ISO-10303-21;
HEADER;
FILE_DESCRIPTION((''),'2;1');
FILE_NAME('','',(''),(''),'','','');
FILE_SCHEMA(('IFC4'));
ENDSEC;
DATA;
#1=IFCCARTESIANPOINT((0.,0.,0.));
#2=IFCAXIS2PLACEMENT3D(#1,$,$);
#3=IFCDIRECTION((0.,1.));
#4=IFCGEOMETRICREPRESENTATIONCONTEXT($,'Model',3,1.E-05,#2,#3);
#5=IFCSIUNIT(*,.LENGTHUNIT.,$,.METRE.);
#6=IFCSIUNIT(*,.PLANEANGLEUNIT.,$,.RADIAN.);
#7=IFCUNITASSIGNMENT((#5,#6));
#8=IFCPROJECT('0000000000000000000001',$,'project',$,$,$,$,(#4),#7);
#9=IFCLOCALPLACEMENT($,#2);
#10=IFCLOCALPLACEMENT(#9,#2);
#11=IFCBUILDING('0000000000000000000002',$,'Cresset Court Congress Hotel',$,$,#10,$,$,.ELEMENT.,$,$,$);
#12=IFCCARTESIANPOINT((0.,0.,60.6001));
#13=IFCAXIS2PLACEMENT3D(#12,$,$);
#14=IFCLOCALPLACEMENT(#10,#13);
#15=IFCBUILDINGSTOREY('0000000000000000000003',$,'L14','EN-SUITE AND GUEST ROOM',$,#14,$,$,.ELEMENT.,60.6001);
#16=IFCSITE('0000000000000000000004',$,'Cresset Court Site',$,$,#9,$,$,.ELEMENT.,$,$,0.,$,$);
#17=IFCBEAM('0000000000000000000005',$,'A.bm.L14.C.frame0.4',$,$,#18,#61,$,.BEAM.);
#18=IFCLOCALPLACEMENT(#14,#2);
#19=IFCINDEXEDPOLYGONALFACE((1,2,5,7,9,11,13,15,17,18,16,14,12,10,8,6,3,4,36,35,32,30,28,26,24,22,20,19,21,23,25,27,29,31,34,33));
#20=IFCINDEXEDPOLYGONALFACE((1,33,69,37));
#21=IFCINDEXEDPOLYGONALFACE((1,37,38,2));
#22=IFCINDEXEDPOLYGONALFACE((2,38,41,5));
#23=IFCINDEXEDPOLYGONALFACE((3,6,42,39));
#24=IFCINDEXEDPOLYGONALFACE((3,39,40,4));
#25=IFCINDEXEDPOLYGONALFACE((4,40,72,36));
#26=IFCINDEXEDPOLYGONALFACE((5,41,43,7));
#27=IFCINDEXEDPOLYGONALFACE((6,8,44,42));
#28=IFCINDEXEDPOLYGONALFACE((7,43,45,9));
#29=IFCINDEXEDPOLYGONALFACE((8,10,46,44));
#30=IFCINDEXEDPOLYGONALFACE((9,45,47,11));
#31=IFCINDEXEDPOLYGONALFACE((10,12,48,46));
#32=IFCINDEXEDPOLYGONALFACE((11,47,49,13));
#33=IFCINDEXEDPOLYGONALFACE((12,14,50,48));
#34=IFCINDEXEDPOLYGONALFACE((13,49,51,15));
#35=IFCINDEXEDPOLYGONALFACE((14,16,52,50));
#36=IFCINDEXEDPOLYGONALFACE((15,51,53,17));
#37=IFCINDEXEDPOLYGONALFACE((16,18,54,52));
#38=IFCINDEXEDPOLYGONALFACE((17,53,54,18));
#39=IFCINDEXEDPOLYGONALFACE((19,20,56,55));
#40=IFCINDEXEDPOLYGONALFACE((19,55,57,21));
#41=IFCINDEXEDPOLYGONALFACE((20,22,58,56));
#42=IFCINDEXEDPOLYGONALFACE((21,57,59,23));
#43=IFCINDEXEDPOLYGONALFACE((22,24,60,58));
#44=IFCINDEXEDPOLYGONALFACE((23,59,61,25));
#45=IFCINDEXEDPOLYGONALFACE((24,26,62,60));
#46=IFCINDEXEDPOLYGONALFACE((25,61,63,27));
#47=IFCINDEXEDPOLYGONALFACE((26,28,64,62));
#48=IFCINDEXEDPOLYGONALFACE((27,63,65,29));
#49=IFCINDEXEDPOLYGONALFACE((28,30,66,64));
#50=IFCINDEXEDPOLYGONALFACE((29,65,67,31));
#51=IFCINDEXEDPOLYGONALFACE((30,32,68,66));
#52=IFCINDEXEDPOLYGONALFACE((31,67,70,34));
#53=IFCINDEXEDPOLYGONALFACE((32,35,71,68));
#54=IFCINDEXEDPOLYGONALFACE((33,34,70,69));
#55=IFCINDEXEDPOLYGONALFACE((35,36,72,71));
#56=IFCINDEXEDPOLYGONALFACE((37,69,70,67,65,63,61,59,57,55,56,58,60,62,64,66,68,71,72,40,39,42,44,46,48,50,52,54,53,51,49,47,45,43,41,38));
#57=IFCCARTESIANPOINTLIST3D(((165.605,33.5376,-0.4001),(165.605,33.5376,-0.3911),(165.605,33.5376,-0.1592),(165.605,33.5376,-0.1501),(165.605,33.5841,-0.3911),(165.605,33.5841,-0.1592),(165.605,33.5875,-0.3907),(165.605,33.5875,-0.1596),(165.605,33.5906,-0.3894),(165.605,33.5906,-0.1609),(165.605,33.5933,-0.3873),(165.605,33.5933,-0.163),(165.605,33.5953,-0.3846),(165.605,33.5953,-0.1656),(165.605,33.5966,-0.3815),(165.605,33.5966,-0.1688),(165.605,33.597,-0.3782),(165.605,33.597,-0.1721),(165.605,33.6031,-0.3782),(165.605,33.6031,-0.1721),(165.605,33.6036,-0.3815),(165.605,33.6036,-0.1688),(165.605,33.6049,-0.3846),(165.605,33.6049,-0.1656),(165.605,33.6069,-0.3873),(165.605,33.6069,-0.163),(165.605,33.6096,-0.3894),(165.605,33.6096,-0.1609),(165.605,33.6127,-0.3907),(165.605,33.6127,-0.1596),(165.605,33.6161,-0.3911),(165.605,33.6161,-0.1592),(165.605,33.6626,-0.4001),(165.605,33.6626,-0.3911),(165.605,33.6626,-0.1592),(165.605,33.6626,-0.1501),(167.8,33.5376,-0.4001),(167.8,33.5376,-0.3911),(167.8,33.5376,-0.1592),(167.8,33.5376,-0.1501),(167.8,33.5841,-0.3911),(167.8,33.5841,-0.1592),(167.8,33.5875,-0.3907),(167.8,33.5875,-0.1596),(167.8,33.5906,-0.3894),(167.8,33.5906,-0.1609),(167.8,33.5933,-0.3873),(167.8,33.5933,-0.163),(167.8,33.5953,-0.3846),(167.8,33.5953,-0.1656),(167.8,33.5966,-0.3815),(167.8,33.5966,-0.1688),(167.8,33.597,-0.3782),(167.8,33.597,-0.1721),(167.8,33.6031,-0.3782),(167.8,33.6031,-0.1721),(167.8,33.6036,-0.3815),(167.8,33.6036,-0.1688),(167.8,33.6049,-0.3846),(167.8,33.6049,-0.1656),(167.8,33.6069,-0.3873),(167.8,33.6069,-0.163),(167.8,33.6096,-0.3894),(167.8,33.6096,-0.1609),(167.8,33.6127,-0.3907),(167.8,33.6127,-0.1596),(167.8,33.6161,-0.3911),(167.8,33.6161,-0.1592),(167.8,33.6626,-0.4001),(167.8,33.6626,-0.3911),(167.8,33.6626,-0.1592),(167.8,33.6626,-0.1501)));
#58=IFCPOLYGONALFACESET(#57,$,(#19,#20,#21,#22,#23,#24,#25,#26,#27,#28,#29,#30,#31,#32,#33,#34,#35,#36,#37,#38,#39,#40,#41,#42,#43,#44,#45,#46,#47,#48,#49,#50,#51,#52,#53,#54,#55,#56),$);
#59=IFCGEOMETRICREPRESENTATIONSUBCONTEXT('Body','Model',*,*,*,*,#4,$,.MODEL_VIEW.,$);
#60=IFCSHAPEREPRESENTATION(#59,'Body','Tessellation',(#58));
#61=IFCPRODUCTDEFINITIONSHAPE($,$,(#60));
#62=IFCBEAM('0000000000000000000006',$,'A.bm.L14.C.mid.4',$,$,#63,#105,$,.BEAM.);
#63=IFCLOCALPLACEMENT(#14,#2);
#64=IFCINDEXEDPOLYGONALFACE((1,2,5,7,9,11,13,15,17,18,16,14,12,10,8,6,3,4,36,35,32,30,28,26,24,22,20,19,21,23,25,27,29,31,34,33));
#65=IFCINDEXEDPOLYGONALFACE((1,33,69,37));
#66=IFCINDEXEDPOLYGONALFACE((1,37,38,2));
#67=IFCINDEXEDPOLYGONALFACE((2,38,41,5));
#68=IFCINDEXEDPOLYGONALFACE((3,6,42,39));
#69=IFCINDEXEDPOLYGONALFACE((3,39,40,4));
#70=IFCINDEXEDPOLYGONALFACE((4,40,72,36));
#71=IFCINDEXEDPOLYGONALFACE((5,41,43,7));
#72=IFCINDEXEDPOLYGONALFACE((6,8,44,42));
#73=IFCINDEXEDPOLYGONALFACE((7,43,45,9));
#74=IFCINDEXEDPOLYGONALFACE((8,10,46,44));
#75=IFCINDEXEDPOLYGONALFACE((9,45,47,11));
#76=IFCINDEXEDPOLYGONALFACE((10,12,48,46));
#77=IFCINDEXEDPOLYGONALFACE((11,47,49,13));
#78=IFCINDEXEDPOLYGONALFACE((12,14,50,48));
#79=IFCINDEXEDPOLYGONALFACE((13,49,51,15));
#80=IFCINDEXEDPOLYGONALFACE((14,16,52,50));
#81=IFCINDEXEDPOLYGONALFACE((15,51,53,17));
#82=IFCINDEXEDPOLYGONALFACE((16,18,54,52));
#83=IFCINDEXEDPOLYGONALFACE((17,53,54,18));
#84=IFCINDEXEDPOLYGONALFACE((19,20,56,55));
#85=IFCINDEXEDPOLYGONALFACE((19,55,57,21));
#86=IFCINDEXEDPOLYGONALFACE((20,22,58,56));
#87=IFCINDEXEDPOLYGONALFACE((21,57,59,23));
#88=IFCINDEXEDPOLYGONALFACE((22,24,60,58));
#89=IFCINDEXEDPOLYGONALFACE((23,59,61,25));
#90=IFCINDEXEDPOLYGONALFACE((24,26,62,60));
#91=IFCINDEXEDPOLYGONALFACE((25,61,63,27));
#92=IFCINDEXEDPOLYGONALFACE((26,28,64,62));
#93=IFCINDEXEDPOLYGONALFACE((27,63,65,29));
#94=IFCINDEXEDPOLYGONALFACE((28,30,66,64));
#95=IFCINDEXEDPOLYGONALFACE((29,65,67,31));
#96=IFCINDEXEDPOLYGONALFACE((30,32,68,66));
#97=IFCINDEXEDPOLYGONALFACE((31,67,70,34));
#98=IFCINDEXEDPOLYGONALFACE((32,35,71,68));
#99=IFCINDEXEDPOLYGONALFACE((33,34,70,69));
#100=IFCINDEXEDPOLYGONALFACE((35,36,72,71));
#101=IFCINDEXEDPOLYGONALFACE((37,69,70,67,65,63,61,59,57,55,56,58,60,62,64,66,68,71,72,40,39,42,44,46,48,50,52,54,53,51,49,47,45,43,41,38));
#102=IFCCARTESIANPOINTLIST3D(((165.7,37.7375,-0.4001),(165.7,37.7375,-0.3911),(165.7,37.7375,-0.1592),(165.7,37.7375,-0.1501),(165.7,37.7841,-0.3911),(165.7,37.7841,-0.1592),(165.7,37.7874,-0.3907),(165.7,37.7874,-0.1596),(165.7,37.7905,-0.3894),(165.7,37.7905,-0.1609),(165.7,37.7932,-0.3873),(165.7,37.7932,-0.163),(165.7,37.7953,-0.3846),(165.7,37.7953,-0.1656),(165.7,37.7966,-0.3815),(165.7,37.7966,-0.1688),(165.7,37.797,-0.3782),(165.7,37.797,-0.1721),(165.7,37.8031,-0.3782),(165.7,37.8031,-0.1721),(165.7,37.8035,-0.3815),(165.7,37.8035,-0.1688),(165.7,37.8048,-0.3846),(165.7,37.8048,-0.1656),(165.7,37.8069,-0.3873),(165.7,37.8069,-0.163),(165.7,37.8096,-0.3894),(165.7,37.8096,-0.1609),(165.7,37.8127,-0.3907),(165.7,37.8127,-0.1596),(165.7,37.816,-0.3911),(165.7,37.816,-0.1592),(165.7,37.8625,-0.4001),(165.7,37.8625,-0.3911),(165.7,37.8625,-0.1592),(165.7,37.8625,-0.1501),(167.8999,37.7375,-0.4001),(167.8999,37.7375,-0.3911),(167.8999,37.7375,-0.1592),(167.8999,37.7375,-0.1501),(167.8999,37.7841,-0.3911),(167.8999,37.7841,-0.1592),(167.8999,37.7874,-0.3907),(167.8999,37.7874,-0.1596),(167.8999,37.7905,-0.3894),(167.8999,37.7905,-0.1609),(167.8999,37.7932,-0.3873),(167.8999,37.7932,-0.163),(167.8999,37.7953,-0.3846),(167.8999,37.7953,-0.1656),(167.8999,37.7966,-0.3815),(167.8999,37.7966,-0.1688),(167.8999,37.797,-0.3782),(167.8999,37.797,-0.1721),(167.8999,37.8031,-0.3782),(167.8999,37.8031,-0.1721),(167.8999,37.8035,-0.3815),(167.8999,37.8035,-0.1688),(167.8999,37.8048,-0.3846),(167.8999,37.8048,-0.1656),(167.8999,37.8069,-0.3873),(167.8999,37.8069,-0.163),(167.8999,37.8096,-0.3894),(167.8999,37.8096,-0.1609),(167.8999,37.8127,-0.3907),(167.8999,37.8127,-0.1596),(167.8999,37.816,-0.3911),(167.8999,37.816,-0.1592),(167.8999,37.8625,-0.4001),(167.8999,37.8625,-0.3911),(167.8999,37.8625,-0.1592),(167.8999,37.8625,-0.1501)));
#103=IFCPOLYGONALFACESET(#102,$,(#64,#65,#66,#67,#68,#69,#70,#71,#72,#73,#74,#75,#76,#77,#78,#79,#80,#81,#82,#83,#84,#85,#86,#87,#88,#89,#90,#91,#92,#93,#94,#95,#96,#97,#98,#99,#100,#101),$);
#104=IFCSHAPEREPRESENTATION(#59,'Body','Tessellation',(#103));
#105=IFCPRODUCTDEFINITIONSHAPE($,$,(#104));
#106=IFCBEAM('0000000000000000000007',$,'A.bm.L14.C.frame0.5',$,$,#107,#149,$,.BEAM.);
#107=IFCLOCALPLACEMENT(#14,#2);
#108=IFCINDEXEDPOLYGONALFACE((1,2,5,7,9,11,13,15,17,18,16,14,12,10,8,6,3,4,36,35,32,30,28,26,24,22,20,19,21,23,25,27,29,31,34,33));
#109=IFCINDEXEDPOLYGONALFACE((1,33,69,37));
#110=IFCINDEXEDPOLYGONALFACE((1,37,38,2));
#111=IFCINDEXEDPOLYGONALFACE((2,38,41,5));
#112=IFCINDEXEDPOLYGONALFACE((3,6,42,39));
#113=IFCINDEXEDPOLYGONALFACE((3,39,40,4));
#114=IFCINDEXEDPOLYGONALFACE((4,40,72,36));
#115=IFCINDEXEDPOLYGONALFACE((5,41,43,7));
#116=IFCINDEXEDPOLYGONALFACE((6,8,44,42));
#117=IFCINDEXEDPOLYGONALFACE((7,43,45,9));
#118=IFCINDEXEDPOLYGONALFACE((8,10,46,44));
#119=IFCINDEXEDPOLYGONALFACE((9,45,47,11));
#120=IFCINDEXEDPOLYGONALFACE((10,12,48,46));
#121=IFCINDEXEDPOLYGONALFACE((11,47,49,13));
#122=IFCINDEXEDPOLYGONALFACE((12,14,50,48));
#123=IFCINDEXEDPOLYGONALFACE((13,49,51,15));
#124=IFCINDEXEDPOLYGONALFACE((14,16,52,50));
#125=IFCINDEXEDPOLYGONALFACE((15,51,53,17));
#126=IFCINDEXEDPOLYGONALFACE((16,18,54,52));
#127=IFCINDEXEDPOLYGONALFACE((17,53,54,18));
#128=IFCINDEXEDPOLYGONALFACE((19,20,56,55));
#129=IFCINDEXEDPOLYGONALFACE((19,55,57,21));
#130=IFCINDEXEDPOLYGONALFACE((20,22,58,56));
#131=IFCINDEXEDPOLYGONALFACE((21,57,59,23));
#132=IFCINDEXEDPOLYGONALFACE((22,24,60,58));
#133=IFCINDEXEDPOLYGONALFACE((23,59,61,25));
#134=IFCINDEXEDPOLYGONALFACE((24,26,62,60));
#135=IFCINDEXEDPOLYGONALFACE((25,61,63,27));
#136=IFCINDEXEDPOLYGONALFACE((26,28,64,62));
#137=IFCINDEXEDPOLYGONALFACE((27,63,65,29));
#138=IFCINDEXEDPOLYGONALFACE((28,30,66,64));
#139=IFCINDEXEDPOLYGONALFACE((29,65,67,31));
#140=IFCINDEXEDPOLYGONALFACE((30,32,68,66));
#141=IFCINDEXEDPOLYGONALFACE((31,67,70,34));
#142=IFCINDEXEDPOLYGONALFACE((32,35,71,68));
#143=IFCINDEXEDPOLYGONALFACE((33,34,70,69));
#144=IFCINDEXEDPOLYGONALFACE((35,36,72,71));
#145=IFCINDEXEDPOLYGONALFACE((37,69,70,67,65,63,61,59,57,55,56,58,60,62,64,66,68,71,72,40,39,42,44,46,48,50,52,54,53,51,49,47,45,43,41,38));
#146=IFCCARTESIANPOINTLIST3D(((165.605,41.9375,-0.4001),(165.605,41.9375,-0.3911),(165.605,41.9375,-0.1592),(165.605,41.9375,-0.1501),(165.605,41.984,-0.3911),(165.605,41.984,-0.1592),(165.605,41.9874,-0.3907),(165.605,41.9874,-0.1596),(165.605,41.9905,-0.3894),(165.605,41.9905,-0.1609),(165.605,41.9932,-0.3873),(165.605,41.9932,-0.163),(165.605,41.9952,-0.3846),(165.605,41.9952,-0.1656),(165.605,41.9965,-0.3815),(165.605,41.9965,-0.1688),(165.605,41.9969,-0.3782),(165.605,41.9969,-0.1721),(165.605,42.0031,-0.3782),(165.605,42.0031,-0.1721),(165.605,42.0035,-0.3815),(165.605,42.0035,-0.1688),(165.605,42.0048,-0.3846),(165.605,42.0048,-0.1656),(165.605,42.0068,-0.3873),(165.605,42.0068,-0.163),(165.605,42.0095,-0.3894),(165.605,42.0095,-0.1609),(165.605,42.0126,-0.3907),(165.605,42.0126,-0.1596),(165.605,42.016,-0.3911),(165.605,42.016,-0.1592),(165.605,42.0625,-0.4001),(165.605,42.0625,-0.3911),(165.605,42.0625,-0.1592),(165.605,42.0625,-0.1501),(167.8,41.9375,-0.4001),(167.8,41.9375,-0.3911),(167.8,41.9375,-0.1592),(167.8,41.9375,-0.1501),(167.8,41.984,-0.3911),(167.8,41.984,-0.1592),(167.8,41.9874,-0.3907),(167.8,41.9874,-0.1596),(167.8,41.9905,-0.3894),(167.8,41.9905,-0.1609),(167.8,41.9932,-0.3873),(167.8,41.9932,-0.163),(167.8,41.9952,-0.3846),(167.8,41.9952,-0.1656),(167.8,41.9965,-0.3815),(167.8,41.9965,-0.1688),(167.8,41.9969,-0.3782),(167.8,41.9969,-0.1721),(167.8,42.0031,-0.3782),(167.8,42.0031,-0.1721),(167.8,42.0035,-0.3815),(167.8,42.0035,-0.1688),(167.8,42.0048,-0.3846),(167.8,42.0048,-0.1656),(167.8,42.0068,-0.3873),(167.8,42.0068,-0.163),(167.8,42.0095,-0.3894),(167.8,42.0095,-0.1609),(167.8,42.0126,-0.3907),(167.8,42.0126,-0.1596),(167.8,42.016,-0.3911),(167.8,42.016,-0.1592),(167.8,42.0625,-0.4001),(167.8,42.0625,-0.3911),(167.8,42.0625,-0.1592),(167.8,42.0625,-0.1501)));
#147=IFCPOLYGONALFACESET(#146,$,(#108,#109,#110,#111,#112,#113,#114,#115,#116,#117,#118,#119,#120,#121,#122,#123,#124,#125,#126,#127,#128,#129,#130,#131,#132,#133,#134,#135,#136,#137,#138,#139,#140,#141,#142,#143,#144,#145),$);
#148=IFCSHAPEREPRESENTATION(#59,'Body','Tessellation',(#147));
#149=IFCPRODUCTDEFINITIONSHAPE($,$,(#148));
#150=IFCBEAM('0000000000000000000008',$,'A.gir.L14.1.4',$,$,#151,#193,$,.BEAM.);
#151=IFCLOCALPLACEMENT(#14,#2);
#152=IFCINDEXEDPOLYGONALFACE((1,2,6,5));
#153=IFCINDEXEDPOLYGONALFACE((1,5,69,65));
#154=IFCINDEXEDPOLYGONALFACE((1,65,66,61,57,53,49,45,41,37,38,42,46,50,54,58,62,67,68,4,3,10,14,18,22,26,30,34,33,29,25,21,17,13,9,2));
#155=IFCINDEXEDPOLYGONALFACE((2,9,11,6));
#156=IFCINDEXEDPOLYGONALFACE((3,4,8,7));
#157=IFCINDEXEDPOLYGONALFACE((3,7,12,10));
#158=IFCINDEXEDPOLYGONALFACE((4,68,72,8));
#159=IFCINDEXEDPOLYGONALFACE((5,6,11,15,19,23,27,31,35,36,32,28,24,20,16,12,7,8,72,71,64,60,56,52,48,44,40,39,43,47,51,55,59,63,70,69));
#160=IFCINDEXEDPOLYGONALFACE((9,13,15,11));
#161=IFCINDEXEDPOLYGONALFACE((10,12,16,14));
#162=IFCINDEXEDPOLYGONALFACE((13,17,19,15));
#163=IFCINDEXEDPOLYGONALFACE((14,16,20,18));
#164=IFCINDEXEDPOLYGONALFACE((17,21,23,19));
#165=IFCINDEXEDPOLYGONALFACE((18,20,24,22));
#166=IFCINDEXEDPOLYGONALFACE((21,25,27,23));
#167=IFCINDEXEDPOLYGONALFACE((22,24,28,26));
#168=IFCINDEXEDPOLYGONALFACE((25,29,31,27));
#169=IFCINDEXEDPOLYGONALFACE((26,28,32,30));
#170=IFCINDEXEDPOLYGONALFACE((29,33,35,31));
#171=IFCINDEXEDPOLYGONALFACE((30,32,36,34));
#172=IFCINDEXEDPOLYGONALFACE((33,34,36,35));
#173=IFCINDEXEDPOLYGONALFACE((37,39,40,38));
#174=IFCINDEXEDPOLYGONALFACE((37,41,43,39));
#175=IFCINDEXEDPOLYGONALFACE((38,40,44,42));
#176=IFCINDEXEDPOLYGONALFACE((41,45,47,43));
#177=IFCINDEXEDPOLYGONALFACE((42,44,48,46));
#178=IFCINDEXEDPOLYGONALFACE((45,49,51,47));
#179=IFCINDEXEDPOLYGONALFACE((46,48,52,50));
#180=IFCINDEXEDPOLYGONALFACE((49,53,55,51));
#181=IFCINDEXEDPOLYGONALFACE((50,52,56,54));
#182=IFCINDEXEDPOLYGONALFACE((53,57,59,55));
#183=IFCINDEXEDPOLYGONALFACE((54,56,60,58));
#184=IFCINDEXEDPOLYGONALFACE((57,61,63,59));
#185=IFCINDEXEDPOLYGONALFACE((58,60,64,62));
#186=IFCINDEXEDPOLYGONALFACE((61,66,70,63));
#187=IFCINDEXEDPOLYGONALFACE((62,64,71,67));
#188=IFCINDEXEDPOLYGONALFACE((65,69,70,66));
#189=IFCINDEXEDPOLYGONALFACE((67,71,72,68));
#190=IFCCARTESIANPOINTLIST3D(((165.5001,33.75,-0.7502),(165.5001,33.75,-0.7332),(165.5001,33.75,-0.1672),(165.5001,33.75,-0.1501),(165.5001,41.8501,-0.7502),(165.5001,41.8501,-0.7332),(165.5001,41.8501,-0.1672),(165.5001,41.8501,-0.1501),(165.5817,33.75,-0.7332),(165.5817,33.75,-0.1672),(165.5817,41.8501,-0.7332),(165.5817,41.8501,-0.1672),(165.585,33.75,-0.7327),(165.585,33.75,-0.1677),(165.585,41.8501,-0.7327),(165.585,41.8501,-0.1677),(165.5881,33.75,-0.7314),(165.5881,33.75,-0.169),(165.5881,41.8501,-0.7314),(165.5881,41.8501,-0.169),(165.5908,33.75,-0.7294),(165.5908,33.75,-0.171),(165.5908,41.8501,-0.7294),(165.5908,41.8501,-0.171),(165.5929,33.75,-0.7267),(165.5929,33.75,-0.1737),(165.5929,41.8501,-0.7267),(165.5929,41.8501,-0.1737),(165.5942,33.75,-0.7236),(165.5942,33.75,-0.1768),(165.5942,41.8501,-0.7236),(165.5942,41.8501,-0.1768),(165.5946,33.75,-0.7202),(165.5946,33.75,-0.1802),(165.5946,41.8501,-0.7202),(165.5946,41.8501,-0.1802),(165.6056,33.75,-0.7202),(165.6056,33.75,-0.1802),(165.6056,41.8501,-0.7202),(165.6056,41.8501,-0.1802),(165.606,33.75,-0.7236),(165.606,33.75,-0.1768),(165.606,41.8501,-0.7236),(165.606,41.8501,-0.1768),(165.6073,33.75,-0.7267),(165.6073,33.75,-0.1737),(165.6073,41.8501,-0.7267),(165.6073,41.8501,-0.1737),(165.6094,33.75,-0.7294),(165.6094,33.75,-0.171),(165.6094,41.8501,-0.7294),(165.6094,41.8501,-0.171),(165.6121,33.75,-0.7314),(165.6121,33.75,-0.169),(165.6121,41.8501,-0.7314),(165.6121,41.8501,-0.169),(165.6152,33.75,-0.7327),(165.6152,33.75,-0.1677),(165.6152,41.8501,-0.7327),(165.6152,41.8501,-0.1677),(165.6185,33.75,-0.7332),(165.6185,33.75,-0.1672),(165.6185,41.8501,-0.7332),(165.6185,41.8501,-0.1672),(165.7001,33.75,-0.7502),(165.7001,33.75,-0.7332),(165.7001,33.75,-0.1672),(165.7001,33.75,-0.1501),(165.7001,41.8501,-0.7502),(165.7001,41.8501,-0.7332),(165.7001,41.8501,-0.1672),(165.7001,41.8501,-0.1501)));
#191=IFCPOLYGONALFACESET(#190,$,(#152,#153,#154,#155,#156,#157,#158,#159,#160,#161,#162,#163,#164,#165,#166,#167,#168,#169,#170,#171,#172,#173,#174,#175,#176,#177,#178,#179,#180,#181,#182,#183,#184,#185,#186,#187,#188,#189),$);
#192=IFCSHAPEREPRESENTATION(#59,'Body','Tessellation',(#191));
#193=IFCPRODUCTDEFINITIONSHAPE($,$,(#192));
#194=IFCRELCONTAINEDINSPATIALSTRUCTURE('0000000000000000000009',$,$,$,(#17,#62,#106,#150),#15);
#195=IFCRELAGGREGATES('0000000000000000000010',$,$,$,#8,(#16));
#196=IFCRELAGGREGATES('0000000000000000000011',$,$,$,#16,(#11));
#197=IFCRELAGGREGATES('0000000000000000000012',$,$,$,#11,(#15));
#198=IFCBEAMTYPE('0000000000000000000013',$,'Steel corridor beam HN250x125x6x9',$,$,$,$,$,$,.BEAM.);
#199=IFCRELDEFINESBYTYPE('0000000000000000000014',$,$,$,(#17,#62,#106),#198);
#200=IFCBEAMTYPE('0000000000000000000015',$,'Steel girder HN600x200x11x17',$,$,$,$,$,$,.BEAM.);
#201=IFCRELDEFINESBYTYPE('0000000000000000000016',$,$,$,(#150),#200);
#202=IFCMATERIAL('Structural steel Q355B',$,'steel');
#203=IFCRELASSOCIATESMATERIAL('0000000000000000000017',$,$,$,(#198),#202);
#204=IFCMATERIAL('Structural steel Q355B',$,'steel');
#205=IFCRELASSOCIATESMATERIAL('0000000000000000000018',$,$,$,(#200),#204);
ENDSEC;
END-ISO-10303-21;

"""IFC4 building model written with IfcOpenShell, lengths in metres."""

from ifc_helpers import new_model, si_unit, direction, frame, origin, origin_2d, place, context, subcontext, project, spatial, i_section, extrude, material, material_profile, profile_set, type_object, element, save


model = new_model("IFC4")

# Units and contexts
model_context = context("Model", 3, precision=1e-05, world=origin(), true_north=direction((0.0, 1.0)))
body_context = subcontext(model_context, "Body", "Model", "MODEL_VIEW")
ifc_project = project(units=[si_unit("LENGTHUNIT", "METRE"), si_unit("PLANEANGLEUNIT", "RADIAN")], contexts=[model_context])

# Site, building, storey
site_placement = place(None, origin())
site = spatial("IfcSite", under=ifc_project, at=site_placement, Name="Cresset Court Site", CompositionType="ELEMENT", RefElevation=0.0)
building_placement = place(site_placement, origin())
building = spatial("IfcBuilding", under=site, at=building_placement, Name="Cresset Court Congress Hotel", CompositionType="ELEMENT")
storey_placement = place(building_placement, frame((0.0, 0.0, 60.6001)))
storey = spatial("IfcBuildingStorey", under=building, at=storey_placement, Name="L14", Description="EN-SUITE AND GUEST ROOM", CompositionType="ELEMENT", Elevation=60.6001)

# Beams
ifc_material_1 = material(Name="Structural steel Q355B", Category="steel")
ifc_material_profile_1 = material_profile(ifc_material_1, i_section(OverallWidth=0.125, OverallDepth=0.25, WebThickness=0.0061, FlangeThickness=0.009, FilletRadius=0.0129, at=origin_2d()), Name="HN250x125x6x9")
ifc_profile_set_1 = profile_set([ifc_material_profile_1], Name="Structural steel Q355B")
beam_type_1 = type_object("IfcBeamType", Name="Steel corridor beam HN250x125x6x9", PredefinedType="BEAM", material=ifc_profile_set_1)
beam_1_placement = place(storey_placement, frame((165.605, 33.6001, -0.2751), z_axis=(1.0, 0.0, 0.0), x_axis=(0.0, 1.0, 0.0)))
element("IfcBeam", 1, at=beam_1_placement, inside=storey, type_object=beam_type_1, Name="A.bm.L14.C.frame0.4", PredefinedType="BEAM", context=body_context, shape_type="SweptSolid", body=[
    extrude(i_section(OverallWidth=0.125, OverallDepth=0.25, WebThickness=0.0061, FlangeThickness=0.009, FilletRadius=0.0129, at=origin_2d()), origin(), (0.0, 0.0, 1.0), 2.1951),
])
beam_2_placement = place(storey_placement, frame((165.7, 37.8, -0.2751), z_axis=(1.0, 0.0, 0.0), x_axis=(0.0, 1.0, 0.0)))
element("IfcBeam", 2, at=beam_2_placement, inside=storey, type_object=beam_type_1, Name="A.bm.L14.C.mid.4", PredefinedType="BEAM", context=body_context, shape_type="SweptSolid", body=[
    extrude(i_section(OverallWidth=0.125, OverallDepth=0.25, WebThickness=0.0061, FlangeThickness=0.009, FilletRadius=0.0129, at=origin_2d()), origin(), (0.0, 0.0, 1.0), 2.2),
])
beam_3_placement = place(storey_placement, frame((165.605, 42.0, -0.2751), z_axis=(1.0, 0.0, 0.0), x_axis=(0.0, 1.0, 0.0)))
element("IfcBeam", 3, at=beam_3_placement, inside=storey, type_object=beam_type_1, Name="A.bm.L14.C.frame0.5", PredefinedType="BEAM", context=body_context, shape_type="SweptSolid", body=[
    extrude(i_section(OverallWidth=0.125, OverallDepth=0.25, WebThickness=0.0061, FlangeThickness=0.009, FilletRadius=0.0129, at=origin_2d()), origin(), (0.0, 0.0, 1.0), 2.1951),
])
ifc_material_2 = material(Name="Structural steel Q355B", Category="steel")
ifc_material_profile_2 = material_profile(ifc_material_2, i_section(OverallWidth=0.2, OverallDepth=0.6001, WebThickness=0.011, FlangeThickness=0.0171, FilletRadius=0.0129, at=origin_2d()), Name="HN600x200x11x17")
ifc_profile_set_2 = profile_set([ifc_material_profile_2], Name="Structural steel Q355B")
beam_type_2 = type_object("IfcBeamType", Name="Steel girder HN600x200x11x17", PredefinedType="BEAM", material=ifc_profile_set_2)
for number, where, z_axis, x_axis, name in (
    (4, (165.6001, 33.75, -0.4502), (0.0, 1.0, 0.0), (-1.0, 0.0, 0.0), "A.gir.L14.1.4"),
):
    element("IfcBeam", number, at=place(storey_placement, frame(where, z_axis=z_axis, x_axis=x_axis)), inside=storey, type_object=beam_type_2, Name=name, PredefinedType="BEAM", context=body_context, shape_type="SweptSolid", body=[
        extrude(i_section(OverallWidth=0.2, OverallDepth=0.6001, WebThickness=0.011, FlangeThickness=0.0171, FilletRadius=0.0129, at=origin_2d()), origin(), (0.0, 0.0, 1.0), 8.1001),
    ])

save(model, "model.ifc")
